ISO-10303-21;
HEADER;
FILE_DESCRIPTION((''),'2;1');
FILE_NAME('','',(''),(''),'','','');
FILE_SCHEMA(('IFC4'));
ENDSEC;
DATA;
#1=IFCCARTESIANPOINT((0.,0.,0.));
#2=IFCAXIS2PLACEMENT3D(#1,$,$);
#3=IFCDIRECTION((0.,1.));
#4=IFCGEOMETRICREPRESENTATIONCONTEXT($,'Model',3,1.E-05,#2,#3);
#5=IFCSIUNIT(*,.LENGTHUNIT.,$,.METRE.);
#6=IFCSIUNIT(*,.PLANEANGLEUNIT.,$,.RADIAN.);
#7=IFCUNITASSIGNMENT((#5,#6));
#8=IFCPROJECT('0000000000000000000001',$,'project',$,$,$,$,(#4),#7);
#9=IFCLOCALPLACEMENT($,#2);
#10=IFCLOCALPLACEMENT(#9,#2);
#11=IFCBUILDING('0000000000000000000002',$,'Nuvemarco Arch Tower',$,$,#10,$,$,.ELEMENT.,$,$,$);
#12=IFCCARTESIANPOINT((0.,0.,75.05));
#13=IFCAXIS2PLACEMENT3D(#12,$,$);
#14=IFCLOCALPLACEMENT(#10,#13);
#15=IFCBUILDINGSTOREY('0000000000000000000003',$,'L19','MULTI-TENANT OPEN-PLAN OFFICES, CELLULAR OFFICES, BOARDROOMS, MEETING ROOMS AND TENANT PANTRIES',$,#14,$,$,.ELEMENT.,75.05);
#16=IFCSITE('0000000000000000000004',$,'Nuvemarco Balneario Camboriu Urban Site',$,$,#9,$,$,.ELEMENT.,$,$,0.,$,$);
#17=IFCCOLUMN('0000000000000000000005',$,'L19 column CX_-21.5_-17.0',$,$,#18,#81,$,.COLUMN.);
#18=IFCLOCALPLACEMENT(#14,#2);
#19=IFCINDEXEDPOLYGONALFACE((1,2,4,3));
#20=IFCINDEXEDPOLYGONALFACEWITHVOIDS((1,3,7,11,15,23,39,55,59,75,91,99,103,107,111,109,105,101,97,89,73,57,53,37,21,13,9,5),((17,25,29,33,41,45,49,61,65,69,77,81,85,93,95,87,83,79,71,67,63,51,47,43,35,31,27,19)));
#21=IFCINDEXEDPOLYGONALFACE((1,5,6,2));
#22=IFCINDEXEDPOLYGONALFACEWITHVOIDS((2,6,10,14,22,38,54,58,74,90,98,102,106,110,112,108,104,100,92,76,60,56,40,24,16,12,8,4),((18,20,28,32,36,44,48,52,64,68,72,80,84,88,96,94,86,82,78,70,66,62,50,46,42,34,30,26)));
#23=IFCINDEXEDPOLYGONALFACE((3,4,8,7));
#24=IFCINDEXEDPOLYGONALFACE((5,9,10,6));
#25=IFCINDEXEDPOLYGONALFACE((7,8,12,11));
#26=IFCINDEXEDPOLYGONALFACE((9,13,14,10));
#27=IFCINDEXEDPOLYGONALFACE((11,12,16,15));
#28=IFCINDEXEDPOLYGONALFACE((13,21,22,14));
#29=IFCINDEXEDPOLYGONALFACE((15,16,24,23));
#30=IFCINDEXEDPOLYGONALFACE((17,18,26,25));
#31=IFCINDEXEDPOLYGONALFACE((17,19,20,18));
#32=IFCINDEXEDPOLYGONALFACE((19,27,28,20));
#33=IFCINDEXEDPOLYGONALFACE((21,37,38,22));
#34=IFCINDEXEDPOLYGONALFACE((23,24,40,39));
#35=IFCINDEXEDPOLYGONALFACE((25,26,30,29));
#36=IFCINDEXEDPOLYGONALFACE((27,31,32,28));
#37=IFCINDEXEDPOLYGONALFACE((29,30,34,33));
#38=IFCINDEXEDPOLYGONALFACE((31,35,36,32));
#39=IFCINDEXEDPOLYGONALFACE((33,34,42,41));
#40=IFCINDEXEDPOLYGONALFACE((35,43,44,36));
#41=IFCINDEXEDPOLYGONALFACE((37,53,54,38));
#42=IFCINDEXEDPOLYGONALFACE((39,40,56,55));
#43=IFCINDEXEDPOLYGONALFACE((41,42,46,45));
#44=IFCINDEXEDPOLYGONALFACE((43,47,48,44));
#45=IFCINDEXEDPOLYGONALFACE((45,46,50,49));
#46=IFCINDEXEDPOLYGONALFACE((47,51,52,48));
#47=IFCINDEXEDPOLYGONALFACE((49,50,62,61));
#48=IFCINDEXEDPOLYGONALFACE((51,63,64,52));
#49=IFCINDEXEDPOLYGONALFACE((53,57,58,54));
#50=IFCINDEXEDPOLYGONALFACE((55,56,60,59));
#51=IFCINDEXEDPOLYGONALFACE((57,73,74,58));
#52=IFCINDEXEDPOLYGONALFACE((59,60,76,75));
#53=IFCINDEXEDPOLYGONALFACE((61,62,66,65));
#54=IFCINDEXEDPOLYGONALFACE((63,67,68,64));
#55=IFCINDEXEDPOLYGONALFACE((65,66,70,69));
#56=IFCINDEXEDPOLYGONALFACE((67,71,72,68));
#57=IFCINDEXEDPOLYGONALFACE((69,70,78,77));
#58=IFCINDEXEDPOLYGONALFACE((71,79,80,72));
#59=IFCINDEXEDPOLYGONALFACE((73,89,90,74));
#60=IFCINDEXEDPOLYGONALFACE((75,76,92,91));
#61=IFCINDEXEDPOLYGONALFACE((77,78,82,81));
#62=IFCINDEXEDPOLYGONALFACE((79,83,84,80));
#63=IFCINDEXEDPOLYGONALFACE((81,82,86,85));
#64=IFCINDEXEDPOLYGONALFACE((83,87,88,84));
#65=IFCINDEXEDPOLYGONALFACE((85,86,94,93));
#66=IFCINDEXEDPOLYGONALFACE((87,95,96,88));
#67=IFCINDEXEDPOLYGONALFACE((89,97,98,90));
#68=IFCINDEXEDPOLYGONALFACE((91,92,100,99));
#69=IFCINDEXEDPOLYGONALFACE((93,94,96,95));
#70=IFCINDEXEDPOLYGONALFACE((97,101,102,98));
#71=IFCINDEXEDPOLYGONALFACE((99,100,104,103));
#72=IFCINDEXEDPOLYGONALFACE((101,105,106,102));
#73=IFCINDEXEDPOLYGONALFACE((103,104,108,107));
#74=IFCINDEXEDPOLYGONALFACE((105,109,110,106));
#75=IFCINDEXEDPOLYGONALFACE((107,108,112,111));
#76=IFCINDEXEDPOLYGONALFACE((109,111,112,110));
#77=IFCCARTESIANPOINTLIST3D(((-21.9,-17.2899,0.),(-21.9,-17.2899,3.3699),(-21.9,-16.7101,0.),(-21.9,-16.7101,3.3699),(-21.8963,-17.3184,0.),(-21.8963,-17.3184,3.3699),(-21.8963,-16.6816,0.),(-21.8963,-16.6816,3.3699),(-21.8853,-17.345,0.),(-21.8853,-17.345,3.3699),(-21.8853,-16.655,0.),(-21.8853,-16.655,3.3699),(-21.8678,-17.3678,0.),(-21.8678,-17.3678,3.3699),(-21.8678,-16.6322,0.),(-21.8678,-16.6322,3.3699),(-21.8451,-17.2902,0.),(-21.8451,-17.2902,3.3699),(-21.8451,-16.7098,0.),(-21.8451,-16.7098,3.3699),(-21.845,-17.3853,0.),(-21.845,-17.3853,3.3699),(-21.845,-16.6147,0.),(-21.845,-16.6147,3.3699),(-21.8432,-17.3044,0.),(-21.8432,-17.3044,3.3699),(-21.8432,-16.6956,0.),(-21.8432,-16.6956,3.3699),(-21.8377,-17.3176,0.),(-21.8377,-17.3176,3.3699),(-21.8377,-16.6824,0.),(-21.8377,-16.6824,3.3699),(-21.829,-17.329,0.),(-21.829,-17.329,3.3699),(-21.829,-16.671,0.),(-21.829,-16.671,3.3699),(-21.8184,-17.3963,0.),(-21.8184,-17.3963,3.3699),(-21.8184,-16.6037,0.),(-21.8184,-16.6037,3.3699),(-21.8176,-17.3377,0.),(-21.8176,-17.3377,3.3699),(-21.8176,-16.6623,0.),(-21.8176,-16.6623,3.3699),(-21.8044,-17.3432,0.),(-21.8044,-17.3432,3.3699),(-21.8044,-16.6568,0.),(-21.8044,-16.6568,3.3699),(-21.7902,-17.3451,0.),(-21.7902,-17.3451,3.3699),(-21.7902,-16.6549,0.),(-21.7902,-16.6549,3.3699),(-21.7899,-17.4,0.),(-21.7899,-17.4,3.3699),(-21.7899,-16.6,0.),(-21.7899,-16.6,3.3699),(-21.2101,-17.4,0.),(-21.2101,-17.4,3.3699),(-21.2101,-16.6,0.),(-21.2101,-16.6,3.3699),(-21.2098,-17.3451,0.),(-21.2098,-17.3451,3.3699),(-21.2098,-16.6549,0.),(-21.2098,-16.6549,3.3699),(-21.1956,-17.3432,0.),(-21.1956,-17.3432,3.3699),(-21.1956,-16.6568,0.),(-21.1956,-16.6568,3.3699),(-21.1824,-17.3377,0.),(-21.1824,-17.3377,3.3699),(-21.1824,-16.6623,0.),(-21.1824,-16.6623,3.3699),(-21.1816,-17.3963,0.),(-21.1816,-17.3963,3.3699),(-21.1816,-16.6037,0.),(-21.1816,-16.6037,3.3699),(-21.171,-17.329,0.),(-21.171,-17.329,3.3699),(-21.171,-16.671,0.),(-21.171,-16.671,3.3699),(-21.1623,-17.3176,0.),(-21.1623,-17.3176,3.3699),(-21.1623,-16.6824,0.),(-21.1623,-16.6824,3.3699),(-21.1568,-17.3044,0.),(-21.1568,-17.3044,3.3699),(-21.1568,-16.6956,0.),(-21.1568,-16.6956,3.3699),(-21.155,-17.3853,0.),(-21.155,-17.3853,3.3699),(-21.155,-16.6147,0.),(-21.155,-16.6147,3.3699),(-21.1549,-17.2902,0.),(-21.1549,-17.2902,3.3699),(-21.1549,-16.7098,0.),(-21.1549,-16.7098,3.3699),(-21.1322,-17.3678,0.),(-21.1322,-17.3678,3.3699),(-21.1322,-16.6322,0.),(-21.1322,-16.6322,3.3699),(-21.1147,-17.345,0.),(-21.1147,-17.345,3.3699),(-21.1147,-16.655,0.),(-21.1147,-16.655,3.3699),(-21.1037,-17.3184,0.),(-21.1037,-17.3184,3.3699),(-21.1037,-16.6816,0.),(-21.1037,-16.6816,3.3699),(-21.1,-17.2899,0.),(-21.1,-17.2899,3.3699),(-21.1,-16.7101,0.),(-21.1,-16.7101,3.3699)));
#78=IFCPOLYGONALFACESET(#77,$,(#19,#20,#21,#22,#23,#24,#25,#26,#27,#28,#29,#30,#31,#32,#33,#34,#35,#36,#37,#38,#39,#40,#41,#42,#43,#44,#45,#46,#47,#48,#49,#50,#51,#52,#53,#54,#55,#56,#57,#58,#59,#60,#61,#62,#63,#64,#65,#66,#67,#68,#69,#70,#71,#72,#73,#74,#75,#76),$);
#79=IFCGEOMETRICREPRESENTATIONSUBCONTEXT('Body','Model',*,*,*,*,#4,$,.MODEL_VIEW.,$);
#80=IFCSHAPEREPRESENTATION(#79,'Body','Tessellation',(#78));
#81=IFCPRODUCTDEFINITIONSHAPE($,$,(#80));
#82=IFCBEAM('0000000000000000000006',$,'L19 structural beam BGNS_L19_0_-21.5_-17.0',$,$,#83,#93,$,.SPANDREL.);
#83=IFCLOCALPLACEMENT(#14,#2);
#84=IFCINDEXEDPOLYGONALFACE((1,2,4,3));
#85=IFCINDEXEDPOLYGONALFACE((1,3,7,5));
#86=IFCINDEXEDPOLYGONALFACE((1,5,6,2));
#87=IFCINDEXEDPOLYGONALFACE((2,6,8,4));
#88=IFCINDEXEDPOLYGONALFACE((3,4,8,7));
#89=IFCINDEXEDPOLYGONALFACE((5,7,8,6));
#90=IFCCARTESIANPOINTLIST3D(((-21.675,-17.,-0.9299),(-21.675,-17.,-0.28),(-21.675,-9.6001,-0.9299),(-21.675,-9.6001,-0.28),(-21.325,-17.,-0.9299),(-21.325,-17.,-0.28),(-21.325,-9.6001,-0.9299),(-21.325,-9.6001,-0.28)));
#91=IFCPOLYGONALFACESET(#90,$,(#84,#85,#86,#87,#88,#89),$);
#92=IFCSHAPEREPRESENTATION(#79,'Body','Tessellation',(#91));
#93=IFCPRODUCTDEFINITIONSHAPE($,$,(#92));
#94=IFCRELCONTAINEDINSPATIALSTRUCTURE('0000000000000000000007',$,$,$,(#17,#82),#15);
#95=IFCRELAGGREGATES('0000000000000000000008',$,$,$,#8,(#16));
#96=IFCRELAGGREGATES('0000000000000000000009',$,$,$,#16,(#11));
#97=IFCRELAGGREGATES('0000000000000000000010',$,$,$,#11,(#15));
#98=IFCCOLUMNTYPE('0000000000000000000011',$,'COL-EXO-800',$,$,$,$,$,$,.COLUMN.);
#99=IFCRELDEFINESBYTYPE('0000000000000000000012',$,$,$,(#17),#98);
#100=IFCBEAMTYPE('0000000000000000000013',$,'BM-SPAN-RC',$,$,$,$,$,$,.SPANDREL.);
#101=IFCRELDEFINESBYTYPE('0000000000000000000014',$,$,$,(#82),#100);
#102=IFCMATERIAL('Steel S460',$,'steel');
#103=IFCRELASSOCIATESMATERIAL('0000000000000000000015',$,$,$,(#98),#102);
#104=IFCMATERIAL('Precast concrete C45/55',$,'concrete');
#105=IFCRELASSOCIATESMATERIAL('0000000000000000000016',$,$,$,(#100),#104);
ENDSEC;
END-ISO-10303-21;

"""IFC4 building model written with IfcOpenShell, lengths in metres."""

from ifc_helpers import new_model, si_unit, direction, frame, origin, origin_2d, place, context, subcontext, project, spatial, rectangle, hollow_rectangle, extrude, material, material_profile, profile_set, type_object, element, save


model = new_model("IFC4")

# Units and contexts
model_context = context("Model", 3, precision=1e-05, world=origin(), true_north=direction((0.0, 1.0)))
body_context = subcontext(model_context, "Body", "Model", "MODEL_VIEW")
ifc_project = project(units=[si_unit("LENGTHUNIT", "METRE"), si_unit("PLANEANGLEUNIT", "RADIAN")], contexts=[model_context])

# Site, building, storey
site_placement = place(None, origin())
site = spatial("IfcSite", under=ifc_project, at=site_placement, Name="Nuvemarco Balneario Camboriu Urban Site", CompositionType="ELEMENT", RefElevation=0.0)
building_placement = place(site_placement, origin())
building = spatial("IfcBuilding", under=site, at=building_placement, Name="Nuvemarco Arch Tower", CompositionType="ELEMENT")
storey_placement = place(building_placement, frame((0.0, 0.0, 75.05)))
storey = spatial("IfcBuildingStorey", under=building, at=storey_placement, Name="L19", Description="MULTI-TENANT OPEN-PLAN OFFICES, CELLULAR OFFICES, BOARDROOMS, MEETING ROOMS AND TENANT PANTRIES", CompositionType="ELEMENT", Elevation=75.05)

# Column
ifc_material_1 = material(Name="Steel S460", Category="steel")
ifc_material_profile_1 = material_profile(ifc_material_1, hollow_rectangle(XDim=0.8, YDim=0.8, WallThickness=0.0549, InnerFilletRadius=0.0549, OuterFilletRadius=0.1101, at=origin_2d()), Name="SHS800x800x55")
ifc_profile_set_1 = profile_set([ifc_material_profile_1], Name="Steel S460")
column_type = type_object("IfcColumnType", Name="COL-EXO-800", PredefinedType="COLUMN", material=ifc_profile_set_1)
column_placement = place(storey_placement, frame((-21.5, -17.0, 0.0), z_axis=(0.0, 0.0, 1.0), x_axis=(1.0, 0.0, 0.0)))
element("IfcColumn", 1, at=column_placement, inside=storey, type_object=column_type, Name="L19 column CX_-21.5_-17.0", PredefinedType="COLUMN", context=body_context, shape_type="SweptSolid", body=[
    extrude(hollow_rectangle(XDim=0.8, YDim=0.8, WallThickness=0.0549, InnerFilletRadius=0.0549, OuterFilletRadius=0.1101, at=origin_2d()), origin(), (0.0, 0.0, 1.0), 3.3699),
])

# Beam
ifc_material_2 = material(Name="Precast concrete C45/55", Category="concrete")
ifc_material_profile_2 = material_profile(ifc_material_2, rectangle(XDim=0.3501, YDim=0.6499, at=origin_2d()), Name="PC-SP-350x650")
ifc_profile_set_2 = profile_set([ifc_material_profile_2], Name="Precast concrete C45/55")
beam_type = type_object("IfcBeamType", Name="BM-SPAN-RC", PredefinedType="SPANDREL", material=ifc_profile_set_2)
beam_placement = place(storey_placement, frame((-21.5, -17.0, -0.605), z_axis=(0.0, 1.0, 0.0), x_axis=(-1.0, 0.0, 0.0)))
element("IfcBeam", 2, at=beam_placement, inside=storey, type_object=beam_type, Name="L19 structural beam BGNS_L19_0_-21.5_-17.0", PredefinedType="SPANDREL", context=body_context, shape_type="SweptSolid", body=[
    extrude(rectangle(XDim=0.3501, YDim=0.6499, at=origin_2d()), origin(), (0.0, 0.0, 1.0), 7.3999),
])

save(model, "model.ifc")
